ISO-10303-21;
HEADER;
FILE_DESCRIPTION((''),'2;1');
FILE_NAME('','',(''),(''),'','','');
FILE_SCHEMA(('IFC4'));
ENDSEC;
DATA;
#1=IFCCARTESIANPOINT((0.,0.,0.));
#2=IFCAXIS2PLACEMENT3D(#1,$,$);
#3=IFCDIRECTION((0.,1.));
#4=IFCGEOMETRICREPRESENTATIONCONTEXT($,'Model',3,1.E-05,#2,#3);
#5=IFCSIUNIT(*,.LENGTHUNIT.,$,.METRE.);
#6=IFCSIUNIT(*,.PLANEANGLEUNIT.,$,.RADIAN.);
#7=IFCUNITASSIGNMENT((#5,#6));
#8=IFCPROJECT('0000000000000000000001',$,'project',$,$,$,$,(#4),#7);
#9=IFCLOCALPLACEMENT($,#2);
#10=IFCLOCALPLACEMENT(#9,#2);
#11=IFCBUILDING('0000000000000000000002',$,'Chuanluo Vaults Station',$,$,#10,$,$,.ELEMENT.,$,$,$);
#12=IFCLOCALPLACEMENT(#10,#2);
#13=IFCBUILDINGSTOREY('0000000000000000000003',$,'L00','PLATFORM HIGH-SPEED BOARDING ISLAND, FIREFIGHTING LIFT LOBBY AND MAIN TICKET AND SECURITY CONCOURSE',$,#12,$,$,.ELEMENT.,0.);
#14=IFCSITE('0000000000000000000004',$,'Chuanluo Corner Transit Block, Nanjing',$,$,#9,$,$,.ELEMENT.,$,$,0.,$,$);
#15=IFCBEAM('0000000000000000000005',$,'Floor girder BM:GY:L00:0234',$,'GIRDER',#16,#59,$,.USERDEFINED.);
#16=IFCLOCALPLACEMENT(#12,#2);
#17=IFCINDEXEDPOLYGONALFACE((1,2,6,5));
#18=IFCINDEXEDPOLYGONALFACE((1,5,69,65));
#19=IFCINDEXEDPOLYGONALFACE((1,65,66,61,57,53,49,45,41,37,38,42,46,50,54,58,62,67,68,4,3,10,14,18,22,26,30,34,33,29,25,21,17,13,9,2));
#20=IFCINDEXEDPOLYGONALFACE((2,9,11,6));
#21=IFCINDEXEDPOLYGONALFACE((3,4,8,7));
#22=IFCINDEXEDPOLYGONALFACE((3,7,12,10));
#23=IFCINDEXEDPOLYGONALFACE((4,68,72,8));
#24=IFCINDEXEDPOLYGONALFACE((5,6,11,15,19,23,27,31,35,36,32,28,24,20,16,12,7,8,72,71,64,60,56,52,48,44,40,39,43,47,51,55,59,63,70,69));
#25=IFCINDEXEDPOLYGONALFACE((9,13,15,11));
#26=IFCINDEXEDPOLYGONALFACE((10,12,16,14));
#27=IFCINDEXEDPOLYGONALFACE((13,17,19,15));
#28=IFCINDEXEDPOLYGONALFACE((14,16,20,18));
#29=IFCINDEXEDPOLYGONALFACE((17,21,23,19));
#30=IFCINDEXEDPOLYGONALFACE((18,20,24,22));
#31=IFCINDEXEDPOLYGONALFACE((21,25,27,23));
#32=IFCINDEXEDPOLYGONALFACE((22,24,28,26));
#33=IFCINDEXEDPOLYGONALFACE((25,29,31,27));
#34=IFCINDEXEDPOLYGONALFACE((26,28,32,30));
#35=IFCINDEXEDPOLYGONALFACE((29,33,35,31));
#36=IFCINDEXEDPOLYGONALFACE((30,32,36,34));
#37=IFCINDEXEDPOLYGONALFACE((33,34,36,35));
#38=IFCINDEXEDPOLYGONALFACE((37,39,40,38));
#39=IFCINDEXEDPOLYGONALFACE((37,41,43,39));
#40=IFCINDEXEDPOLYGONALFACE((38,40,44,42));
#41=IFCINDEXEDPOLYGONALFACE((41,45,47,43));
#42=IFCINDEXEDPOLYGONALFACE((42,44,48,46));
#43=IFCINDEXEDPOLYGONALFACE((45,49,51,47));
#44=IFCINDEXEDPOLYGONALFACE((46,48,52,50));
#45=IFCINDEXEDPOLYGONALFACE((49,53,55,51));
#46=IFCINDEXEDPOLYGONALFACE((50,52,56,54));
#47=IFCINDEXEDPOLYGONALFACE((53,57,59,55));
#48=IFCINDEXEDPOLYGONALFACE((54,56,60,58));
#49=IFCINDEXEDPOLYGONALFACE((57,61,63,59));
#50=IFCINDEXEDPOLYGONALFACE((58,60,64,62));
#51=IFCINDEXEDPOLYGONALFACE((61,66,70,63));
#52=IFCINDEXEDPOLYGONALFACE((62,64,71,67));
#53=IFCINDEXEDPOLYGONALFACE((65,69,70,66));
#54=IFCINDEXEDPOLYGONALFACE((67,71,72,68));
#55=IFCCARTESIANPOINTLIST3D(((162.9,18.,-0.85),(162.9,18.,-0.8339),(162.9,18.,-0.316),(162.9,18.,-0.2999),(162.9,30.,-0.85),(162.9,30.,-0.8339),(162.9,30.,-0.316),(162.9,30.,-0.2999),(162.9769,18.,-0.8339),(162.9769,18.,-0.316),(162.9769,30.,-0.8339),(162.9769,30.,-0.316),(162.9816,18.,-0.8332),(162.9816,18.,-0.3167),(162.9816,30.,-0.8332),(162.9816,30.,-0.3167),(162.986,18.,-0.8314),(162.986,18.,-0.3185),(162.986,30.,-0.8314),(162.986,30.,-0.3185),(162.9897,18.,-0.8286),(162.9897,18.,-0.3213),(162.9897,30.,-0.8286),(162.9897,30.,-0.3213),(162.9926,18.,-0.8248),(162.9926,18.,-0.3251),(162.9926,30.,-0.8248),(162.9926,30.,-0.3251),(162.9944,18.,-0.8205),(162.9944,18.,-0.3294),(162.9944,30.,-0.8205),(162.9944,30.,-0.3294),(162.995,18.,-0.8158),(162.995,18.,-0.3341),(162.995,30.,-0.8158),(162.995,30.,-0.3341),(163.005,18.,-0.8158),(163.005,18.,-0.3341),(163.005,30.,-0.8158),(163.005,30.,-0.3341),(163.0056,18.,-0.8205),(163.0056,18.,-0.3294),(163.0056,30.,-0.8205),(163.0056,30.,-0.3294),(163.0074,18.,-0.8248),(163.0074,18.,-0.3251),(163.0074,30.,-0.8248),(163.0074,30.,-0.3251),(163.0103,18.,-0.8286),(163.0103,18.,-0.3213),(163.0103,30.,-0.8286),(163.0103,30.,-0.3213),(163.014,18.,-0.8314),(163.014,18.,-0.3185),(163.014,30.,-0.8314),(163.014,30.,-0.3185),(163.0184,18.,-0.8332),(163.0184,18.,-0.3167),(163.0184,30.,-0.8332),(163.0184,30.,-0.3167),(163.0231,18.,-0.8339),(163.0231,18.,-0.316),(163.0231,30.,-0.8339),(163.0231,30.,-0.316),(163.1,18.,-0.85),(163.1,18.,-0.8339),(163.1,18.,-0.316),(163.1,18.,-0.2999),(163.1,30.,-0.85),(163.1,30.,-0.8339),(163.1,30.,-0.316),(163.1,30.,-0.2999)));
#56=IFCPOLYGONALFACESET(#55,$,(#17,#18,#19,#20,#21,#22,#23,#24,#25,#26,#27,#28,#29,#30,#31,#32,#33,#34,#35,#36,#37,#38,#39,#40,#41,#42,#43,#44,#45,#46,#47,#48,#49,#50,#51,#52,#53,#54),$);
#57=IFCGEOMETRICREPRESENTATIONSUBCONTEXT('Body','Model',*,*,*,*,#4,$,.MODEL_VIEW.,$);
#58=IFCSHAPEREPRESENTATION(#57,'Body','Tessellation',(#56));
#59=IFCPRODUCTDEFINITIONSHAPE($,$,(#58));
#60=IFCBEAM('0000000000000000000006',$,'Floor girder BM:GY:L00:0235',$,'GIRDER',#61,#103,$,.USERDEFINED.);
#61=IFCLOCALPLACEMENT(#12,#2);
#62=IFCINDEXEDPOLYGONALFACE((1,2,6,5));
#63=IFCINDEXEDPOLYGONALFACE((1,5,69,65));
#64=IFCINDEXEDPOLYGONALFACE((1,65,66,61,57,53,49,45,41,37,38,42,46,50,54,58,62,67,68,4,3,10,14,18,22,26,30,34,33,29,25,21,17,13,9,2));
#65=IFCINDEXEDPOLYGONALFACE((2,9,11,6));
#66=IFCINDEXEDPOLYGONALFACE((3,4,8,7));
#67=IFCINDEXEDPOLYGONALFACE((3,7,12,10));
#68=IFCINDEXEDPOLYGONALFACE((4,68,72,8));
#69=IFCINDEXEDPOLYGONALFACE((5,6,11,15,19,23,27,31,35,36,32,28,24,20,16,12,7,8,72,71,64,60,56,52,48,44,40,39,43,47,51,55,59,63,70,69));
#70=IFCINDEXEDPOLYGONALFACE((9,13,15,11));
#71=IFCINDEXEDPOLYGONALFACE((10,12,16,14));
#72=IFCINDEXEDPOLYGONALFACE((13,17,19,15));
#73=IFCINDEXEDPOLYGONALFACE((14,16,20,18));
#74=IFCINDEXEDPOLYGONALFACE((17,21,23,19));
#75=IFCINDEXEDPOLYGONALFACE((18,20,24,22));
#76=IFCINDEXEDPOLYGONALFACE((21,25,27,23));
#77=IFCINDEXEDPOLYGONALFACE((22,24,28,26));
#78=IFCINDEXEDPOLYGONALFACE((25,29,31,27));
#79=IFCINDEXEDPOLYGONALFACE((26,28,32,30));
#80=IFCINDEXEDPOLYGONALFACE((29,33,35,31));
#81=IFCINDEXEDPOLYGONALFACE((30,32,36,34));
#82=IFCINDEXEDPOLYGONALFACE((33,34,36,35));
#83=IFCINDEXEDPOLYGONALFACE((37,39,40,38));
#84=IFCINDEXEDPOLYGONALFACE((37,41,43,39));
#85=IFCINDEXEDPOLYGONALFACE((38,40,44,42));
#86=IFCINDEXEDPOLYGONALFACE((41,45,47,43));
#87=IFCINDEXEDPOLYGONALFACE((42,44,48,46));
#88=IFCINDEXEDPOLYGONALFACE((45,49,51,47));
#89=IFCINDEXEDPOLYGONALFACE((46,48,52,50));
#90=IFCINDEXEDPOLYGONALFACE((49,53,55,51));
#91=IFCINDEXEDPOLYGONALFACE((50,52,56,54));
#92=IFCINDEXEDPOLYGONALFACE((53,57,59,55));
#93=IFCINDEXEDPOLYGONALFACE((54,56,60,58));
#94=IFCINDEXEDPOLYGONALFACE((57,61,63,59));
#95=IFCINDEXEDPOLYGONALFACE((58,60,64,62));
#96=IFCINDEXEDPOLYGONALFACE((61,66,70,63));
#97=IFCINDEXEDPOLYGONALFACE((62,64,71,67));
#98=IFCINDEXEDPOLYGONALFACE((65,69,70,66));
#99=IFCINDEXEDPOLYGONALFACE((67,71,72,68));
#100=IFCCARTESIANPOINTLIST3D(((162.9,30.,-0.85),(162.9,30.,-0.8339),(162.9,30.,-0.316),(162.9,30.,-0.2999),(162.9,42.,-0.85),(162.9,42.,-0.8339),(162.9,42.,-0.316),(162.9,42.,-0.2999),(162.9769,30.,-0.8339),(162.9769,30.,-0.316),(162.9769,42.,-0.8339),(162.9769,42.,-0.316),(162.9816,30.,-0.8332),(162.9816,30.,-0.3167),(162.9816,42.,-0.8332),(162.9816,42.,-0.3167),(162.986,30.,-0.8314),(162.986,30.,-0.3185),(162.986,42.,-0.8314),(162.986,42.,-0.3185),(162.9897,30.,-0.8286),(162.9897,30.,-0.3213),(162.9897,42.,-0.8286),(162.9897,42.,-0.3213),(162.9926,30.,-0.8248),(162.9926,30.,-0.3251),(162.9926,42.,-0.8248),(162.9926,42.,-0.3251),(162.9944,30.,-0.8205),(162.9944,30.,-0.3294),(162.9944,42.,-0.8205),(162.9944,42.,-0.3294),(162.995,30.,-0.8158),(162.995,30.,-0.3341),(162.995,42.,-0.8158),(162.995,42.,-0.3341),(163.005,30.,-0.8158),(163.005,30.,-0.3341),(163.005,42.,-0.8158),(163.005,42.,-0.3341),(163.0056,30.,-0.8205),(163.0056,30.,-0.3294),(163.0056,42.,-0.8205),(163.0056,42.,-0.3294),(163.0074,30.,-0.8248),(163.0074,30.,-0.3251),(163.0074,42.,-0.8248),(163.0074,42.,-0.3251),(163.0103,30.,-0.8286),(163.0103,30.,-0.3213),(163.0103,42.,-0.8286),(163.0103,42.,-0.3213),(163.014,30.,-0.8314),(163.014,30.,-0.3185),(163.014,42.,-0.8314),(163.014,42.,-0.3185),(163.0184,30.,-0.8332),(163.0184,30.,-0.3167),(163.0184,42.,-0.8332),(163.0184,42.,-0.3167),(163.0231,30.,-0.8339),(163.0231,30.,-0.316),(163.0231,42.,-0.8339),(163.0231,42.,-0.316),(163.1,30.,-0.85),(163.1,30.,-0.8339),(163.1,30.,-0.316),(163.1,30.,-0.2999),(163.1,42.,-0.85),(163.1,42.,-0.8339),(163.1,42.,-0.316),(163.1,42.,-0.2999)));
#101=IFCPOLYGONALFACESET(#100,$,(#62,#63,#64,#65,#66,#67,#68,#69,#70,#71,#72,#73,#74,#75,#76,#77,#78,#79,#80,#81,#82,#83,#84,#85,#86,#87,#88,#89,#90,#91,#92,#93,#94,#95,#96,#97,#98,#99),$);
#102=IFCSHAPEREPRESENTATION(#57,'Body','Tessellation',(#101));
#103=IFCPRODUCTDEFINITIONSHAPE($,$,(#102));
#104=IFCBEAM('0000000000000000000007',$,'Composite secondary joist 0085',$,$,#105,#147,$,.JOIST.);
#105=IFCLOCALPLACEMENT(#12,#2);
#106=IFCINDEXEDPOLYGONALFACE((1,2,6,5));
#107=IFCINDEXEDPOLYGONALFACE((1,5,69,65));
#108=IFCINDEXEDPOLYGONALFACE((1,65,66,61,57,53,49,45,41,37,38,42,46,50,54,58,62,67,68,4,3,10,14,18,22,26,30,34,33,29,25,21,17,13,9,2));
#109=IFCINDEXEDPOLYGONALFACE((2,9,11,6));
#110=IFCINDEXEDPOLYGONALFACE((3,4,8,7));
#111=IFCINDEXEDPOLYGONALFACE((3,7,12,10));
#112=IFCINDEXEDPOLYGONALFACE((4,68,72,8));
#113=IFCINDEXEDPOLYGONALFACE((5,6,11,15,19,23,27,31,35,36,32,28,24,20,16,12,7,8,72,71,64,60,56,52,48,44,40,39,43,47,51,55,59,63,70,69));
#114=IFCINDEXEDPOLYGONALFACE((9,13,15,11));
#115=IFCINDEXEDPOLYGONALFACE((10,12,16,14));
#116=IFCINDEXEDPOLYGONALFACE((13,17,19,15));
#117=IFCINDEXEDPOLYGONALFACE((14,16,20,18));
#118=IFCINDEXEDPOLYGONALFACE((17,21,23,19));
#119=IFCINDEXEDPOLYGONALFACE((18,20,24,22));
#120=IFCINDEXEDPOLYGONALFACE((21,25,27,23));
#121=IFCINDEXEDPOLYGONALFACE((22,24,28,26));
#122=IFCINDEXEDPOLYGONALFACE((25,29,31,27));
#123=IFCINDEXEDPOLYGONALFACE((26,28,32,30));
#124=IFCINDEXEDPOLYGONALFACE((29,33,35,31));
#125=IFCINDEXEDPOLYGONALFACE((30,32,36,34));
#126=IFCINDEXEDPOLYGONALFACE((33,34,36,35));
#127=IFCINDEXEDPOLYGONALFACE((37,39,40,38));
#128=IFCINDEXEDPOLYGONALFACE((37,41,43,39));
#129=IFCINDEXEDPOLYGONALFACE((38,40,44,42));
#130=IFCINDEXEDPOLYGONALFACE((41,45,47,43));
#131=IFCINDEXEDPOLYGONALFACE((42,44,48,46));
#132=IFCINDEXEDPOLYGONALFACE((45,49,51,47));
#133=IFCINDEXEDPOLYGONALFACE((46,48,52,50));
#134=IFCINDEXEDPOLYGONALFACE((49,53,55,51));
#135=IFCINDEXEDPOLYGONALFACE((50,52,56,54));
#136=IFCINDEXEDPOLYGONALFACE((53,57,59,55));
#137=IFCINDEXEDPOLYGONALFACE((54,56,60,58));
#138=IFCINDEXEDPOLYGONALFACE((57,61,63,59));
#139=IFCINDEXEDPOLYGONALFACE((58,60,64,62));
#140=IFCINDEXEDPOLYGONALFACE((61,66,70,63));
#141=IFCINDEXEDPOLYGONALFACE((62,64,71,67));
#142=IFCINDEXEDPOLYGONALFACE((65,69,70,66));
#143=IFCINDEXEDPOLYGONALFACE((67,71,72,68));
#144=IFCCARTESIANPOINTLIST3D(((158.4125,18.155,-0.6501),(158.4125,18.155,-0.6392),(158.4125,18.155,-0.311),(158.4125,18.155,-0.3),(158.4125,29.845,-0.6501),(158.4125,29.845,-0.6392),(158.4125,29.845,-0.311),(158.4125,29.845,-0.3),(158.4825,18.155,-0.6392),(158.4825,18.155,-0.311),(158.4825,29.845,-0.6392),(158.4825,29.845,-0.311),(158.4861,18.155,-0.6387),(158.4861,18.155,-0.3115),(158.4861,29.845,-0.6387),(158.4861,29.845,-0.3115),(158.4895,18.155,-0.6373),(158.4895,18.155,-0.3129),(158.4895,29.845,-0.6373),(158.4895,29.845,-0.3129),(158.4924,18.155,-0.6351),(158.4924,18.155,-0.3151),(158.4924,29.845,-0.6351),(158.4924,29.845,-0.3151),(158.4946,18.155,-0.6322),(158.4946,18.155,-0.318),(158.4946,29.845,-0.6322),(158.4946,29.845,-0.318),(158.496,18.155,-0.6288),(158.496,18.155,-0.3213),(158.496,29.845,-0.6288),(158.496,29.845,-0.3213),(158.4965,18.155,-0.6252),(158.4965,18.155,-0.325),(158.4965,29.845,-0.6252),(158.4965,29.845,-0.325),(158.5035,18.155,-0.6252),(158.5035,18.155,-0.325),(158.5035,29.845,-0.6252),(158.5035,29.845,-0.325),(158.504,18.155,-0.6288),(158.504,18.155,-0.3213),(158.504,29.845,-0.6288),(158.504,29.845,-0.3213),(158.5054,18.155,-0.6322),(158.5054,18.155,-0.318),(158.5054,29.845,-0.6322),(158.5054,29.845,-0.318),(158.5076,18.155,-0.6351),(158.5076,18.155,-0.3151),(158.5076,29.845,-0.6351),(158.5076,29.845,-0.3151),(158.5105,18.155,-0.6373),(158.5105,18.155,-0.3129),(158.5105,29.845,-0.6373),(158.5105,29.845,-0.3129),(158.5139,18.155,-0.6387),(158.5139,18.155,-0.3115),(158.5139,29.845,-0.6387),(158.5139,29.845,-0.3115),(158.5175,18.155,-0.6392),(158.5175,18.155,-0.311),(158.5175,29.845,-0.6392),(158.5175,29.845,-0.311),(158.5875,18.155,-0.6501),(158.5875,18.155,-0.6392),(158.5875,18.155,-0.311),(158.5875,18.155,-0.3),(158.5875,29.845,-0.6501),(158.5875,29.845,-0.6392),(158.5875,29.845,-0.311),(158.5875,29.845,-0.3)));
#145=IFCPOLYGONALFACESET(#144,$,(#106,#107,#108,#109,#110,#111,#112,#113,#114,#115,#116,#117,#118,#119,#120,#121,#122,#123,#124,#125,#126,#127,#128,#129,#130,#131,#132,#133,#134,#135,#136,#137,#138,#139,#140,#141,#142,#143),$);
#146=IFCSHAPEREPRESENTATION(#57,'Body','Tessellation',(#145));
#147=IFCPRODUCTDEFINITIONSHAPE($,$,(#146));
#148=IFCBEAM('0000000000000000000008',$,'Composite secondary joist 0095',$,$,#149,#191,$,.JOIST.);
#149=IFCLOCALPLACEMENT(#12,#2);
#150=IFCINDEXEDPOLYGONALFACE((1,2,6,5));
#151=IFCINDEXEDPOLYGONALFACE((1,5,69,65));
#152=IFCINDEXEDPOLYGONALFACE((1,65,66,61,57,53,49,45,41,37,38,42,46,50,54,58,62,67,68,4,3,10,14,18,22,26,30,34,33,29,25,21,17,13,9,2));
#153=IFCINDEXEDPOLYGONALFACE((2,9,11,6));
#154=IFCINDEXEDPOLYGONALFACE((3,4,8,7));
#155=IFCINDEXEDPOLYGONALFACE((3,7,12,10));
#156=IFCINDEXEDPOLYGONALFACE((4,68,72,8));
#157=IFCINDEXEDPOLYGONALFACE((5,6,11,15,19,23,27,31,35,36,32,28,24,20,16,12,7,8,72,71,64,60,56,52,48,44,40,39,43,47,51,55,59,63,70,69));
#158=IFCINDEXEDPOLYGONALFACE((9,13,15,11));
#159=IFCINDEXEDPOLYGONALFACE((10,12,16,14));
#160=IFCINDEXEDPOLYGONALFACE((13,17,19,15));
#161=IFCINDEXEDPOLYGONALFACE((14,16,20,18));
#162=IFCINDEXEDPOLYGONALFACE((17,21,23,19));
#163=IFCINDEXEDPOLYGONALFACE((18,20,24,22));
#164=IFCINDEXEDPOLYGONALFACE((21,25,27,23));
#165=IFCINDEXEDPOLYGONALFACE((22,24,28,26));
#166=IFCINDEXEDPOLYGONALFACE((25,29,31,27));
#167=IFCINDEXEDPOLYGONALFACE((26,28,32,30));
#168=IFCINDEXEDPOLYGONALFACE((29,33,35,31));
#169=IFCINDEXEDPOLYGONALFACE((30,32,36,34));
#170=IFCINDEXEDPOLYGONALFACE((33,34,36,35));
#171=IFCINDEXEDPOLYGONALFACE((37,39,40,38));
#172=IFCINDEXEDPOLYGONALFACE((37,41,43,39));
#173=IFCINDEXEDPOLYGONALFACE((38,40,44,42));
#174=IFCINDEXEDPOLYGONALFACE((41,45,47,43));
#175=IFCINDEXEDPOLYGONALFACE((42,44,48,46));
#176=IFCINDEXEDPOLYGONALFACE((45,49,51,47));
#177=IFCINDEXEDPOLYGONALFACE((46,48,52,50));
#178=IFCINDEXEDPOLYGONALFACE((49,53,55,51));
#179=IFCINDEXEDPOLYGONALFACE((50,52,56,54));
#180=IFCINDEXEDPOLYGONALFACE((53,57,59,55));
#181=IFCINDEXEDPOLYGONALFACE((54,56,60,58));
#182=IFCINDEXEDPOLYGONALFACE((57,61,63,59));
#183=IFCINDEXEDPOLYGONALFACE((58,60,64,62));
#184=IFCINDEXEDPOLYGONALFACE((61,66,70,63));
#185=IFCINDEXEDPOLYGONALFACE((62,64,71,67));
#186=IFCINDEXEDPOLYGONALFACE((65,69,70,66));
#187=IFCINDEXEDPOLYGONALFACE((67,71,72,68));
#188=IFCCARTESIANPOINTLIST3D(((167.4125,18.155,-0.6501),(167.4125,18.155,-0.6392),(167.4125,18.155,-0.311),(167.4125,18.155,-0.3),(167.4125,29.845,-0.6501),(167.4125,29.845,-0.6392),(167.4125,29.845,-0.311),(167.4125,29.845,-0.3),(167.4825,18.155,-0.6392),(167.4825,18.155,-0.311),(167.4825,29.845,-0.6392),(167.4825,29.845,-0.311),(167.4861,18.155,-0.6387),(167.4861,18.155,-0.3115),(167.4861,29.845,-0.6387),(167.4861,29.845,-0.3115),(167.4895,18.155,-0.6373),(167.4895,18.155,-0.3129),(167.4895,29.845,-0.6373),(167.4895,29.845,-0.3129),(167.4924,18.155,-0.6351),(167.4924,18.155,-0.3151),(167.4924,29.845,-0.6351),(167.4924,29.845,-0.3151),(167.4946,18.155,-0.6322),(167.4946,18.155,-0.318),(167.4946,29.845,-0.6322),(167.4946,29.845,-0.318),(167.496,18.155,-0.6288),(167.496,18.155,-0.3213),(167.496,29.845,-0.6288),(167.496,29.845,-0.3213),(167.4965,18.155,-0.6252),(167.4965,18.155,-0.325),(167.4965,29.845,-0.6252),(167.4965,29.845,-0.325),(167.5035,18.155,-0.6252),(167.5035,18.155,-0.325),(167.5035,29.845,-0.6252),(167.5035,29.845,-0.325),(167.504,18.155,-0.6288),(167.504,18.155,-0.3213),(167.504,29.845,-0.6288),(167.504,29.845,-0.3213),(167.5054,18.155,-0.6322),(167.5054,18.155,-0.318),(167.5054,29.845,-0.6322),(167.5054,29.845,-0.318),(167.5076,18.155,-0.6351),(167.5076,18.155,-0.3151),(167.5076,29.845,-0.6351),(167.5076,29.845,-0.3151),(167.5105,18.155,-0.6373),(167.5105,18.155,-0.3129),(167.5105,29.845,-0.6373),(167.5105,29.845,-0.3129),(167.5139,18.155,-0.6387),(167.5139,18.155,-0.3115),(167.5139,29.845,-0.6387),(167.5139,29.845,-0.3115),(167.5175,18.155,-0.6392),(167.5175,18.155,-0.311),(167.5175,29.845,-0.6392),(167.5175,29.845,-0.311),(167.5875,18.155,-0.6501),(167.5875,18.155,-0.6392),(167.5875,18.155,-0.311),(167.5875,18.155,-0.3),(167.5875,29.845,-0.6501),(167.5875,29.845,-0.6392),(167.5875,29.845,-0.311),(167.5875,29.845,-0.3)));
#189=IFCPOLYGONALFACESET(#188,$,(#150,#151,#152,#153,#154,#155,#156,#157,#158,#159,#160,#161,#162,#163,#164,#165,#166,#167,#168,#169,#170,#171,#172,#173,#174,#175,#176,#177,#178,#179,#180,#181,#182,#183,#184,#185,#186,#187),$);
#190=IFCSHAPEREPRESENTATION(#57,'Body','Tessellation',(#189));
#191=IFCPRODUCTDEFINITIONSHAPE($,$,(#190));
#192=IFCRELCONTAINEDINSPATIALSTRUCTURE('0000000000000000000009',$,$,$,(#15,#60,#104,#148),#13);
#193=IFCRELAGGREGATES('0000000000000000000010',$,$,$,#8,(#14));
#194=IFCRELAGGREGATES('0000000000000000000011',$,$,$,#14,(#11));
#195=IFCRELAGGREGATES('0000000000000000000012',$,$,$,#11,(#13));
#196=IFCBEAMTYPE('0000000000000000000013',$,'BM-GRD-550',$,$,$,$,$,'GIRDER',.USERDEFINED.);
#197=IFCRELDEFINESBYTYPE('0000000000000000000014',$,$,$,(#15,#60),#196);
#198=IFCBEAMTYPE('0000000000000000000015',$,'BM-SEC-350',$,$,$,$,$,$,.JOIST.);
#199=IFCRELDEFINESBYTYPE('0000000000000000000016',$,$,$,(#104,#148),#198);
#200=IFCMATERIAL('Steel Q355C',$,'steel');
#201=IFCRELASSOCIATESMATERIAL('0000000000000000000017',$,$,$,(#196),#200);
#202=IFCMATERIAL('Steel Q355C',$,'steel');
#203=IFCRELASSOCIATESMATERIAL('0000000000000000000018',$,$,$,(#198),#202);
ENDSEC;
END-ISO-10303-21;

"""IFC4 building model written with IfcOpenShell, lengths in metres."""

from ifc_helpers import new_model, si_unit, direction, frame, origin, origin_2d, place, context, subcontext, project, spatial, i_section, extrude, material, material_profile, profile_set, type_object, element, save


model = new_model("IFC4")

# Units and contexts
model_context = context("Model", 3, precision=1e-05, world=origin(), true_north=direction((0.0, 1.0)))
body_context = subcontext(model_context, "Body", "Model", "MODEL_VIEW")
ifc_project = project(units=[si_unit("LENGTHUNIT", "METRE"), si_unit("PLANEANGLEUNIT", "RADIAN")], contexts=[model_context])

# Site, building, storey
site_placement = place(None, origin())
site = spatial("IfcSite", under=ifc_project, at=site_placement, Name="Chuanluo Corner Transit Block, Nanjing", CompositionType="ELEMENT", RefElevation=0.0)
building_placement = place(site_placement, origin())
building = spatial("IfcBuilding", under=site, at=building_placement, Name="Chuanluo Vaults Station", CompositionType="ELEMENT")
storey_placement = place(building_placement, origin())
storey = spatial("IfcBuildingStorey", under=building, at=storey_placement, Name="L00", Description="PLATFORM HIGH-SPEED BOARDING ISLAND, FIREFIGHTING LIFT LOBBY AND MAIN TICKET AND SECURITY CONCOURSE", CompositionType="ELEMENT", Elevation=0.0)

# Beams
ifc_material_1 = material(Name="Steel Q355C", Category="steel")
ifc_material_profile_1 = material_profile(ifc_material_1, i_section(OverallWidth=0.2, OverallDepth=0.55, WebThickness=0.01, FlangeThickness=0.0161, FilletRadius=0.0181, at=origin_2d()))
ifc_profile_set_1 = profile_set([ifc_material_profile_1], Name="Steel Q355C")
beam_type_1 = type_object("IfcBeamType", Name="BM-GRD-550", ElementType="GIRDER", PredefinedType="USERDEFINED", material=ifc_profile_set_1)
for number, where, z_axis, x_axis, name in (
    (1, (163.0, 18.0, -0.575), (0.0, 1.0, 0.0), (-1.0, 0.0, 0.0), "Floor girder BM:GY:L00:0234"),
    (2, (163.0, 30.0, -0.575), (0.0, 1.0, 0.0), (-1.0, 0.0, 0.0), "Floor girder BM:GY:L00:0235"),
):
    element("IfcBeam", number, at=place(storey_placement, frame(where, z_axis=z_axis, x_axis=x_axis)), inside=storey, type_object=beam_type_1, Name=name, ObjectType="GIRDER", PredefinedType="USERDEFINED", context=body_context, shape_type="SweptSolid", body=[
        extrude(i_section(OverallWidth=0.2, OverallDepth=0.55, WebThickness=0.01, FlangeThickness=0.0161, FilletRadius=0.0181, at=origin_2d()), origin(), (0.0, 0.0, 1.0), 12.0),
    ])
ifc_material_2 = material(Name="Steel Q355C", Category="steel")
ifc_material_profile_2 = material_profile(ifc_material_2, i_section(OverallWidth=0.175, OverallDepth=0.3501, WebThickness=0.0071, FlangeThickness=0.011, FilletRadius=0.0139, at=origin_2d()))
ifc_profile_set_2 = profile_set([ifc_material_profile_2], Name="Steel Q355C")
beam_type_2 = type_object("IfcBeamType", Name="BM-SEC-350", PredefinedType="JOIST", material=ifc_profile_set_2)
for number, where, z_axis, x_axis, name in (
    (3, (158.5, 18.155, -0.4751), (0.0, 1.0, 0.0), (-1.0, 0.0, 0.0), "Composite secondary joist 0085"),
    (4, (167.5, 18.155, -0.4751), (0.0, 1.0, 0.0), (-1.0, 0.0, 0.0), "Composite secondary joist 0095"),
):
    element("IfcBeam", number, at=place(storey_placement, frame(where, z_axis=z_axis, x_axis=x_axis)), inside=storey, type_object=beam_type_2, Name=name, PredefinedType="JOIST", context=body_context, shape_type="SweptSolid", body=[
        extrude(i_section(OverallWidth=0.175, OverallDepth=0.3501, WebThickness=0.0071, FlangeThickness=0.011, FilletRadius=0.0139, at=origin_2d()), origin(), (0.0, 0.0, 1.0), 11.6899),
    ])

save(model, "model.ifc")
